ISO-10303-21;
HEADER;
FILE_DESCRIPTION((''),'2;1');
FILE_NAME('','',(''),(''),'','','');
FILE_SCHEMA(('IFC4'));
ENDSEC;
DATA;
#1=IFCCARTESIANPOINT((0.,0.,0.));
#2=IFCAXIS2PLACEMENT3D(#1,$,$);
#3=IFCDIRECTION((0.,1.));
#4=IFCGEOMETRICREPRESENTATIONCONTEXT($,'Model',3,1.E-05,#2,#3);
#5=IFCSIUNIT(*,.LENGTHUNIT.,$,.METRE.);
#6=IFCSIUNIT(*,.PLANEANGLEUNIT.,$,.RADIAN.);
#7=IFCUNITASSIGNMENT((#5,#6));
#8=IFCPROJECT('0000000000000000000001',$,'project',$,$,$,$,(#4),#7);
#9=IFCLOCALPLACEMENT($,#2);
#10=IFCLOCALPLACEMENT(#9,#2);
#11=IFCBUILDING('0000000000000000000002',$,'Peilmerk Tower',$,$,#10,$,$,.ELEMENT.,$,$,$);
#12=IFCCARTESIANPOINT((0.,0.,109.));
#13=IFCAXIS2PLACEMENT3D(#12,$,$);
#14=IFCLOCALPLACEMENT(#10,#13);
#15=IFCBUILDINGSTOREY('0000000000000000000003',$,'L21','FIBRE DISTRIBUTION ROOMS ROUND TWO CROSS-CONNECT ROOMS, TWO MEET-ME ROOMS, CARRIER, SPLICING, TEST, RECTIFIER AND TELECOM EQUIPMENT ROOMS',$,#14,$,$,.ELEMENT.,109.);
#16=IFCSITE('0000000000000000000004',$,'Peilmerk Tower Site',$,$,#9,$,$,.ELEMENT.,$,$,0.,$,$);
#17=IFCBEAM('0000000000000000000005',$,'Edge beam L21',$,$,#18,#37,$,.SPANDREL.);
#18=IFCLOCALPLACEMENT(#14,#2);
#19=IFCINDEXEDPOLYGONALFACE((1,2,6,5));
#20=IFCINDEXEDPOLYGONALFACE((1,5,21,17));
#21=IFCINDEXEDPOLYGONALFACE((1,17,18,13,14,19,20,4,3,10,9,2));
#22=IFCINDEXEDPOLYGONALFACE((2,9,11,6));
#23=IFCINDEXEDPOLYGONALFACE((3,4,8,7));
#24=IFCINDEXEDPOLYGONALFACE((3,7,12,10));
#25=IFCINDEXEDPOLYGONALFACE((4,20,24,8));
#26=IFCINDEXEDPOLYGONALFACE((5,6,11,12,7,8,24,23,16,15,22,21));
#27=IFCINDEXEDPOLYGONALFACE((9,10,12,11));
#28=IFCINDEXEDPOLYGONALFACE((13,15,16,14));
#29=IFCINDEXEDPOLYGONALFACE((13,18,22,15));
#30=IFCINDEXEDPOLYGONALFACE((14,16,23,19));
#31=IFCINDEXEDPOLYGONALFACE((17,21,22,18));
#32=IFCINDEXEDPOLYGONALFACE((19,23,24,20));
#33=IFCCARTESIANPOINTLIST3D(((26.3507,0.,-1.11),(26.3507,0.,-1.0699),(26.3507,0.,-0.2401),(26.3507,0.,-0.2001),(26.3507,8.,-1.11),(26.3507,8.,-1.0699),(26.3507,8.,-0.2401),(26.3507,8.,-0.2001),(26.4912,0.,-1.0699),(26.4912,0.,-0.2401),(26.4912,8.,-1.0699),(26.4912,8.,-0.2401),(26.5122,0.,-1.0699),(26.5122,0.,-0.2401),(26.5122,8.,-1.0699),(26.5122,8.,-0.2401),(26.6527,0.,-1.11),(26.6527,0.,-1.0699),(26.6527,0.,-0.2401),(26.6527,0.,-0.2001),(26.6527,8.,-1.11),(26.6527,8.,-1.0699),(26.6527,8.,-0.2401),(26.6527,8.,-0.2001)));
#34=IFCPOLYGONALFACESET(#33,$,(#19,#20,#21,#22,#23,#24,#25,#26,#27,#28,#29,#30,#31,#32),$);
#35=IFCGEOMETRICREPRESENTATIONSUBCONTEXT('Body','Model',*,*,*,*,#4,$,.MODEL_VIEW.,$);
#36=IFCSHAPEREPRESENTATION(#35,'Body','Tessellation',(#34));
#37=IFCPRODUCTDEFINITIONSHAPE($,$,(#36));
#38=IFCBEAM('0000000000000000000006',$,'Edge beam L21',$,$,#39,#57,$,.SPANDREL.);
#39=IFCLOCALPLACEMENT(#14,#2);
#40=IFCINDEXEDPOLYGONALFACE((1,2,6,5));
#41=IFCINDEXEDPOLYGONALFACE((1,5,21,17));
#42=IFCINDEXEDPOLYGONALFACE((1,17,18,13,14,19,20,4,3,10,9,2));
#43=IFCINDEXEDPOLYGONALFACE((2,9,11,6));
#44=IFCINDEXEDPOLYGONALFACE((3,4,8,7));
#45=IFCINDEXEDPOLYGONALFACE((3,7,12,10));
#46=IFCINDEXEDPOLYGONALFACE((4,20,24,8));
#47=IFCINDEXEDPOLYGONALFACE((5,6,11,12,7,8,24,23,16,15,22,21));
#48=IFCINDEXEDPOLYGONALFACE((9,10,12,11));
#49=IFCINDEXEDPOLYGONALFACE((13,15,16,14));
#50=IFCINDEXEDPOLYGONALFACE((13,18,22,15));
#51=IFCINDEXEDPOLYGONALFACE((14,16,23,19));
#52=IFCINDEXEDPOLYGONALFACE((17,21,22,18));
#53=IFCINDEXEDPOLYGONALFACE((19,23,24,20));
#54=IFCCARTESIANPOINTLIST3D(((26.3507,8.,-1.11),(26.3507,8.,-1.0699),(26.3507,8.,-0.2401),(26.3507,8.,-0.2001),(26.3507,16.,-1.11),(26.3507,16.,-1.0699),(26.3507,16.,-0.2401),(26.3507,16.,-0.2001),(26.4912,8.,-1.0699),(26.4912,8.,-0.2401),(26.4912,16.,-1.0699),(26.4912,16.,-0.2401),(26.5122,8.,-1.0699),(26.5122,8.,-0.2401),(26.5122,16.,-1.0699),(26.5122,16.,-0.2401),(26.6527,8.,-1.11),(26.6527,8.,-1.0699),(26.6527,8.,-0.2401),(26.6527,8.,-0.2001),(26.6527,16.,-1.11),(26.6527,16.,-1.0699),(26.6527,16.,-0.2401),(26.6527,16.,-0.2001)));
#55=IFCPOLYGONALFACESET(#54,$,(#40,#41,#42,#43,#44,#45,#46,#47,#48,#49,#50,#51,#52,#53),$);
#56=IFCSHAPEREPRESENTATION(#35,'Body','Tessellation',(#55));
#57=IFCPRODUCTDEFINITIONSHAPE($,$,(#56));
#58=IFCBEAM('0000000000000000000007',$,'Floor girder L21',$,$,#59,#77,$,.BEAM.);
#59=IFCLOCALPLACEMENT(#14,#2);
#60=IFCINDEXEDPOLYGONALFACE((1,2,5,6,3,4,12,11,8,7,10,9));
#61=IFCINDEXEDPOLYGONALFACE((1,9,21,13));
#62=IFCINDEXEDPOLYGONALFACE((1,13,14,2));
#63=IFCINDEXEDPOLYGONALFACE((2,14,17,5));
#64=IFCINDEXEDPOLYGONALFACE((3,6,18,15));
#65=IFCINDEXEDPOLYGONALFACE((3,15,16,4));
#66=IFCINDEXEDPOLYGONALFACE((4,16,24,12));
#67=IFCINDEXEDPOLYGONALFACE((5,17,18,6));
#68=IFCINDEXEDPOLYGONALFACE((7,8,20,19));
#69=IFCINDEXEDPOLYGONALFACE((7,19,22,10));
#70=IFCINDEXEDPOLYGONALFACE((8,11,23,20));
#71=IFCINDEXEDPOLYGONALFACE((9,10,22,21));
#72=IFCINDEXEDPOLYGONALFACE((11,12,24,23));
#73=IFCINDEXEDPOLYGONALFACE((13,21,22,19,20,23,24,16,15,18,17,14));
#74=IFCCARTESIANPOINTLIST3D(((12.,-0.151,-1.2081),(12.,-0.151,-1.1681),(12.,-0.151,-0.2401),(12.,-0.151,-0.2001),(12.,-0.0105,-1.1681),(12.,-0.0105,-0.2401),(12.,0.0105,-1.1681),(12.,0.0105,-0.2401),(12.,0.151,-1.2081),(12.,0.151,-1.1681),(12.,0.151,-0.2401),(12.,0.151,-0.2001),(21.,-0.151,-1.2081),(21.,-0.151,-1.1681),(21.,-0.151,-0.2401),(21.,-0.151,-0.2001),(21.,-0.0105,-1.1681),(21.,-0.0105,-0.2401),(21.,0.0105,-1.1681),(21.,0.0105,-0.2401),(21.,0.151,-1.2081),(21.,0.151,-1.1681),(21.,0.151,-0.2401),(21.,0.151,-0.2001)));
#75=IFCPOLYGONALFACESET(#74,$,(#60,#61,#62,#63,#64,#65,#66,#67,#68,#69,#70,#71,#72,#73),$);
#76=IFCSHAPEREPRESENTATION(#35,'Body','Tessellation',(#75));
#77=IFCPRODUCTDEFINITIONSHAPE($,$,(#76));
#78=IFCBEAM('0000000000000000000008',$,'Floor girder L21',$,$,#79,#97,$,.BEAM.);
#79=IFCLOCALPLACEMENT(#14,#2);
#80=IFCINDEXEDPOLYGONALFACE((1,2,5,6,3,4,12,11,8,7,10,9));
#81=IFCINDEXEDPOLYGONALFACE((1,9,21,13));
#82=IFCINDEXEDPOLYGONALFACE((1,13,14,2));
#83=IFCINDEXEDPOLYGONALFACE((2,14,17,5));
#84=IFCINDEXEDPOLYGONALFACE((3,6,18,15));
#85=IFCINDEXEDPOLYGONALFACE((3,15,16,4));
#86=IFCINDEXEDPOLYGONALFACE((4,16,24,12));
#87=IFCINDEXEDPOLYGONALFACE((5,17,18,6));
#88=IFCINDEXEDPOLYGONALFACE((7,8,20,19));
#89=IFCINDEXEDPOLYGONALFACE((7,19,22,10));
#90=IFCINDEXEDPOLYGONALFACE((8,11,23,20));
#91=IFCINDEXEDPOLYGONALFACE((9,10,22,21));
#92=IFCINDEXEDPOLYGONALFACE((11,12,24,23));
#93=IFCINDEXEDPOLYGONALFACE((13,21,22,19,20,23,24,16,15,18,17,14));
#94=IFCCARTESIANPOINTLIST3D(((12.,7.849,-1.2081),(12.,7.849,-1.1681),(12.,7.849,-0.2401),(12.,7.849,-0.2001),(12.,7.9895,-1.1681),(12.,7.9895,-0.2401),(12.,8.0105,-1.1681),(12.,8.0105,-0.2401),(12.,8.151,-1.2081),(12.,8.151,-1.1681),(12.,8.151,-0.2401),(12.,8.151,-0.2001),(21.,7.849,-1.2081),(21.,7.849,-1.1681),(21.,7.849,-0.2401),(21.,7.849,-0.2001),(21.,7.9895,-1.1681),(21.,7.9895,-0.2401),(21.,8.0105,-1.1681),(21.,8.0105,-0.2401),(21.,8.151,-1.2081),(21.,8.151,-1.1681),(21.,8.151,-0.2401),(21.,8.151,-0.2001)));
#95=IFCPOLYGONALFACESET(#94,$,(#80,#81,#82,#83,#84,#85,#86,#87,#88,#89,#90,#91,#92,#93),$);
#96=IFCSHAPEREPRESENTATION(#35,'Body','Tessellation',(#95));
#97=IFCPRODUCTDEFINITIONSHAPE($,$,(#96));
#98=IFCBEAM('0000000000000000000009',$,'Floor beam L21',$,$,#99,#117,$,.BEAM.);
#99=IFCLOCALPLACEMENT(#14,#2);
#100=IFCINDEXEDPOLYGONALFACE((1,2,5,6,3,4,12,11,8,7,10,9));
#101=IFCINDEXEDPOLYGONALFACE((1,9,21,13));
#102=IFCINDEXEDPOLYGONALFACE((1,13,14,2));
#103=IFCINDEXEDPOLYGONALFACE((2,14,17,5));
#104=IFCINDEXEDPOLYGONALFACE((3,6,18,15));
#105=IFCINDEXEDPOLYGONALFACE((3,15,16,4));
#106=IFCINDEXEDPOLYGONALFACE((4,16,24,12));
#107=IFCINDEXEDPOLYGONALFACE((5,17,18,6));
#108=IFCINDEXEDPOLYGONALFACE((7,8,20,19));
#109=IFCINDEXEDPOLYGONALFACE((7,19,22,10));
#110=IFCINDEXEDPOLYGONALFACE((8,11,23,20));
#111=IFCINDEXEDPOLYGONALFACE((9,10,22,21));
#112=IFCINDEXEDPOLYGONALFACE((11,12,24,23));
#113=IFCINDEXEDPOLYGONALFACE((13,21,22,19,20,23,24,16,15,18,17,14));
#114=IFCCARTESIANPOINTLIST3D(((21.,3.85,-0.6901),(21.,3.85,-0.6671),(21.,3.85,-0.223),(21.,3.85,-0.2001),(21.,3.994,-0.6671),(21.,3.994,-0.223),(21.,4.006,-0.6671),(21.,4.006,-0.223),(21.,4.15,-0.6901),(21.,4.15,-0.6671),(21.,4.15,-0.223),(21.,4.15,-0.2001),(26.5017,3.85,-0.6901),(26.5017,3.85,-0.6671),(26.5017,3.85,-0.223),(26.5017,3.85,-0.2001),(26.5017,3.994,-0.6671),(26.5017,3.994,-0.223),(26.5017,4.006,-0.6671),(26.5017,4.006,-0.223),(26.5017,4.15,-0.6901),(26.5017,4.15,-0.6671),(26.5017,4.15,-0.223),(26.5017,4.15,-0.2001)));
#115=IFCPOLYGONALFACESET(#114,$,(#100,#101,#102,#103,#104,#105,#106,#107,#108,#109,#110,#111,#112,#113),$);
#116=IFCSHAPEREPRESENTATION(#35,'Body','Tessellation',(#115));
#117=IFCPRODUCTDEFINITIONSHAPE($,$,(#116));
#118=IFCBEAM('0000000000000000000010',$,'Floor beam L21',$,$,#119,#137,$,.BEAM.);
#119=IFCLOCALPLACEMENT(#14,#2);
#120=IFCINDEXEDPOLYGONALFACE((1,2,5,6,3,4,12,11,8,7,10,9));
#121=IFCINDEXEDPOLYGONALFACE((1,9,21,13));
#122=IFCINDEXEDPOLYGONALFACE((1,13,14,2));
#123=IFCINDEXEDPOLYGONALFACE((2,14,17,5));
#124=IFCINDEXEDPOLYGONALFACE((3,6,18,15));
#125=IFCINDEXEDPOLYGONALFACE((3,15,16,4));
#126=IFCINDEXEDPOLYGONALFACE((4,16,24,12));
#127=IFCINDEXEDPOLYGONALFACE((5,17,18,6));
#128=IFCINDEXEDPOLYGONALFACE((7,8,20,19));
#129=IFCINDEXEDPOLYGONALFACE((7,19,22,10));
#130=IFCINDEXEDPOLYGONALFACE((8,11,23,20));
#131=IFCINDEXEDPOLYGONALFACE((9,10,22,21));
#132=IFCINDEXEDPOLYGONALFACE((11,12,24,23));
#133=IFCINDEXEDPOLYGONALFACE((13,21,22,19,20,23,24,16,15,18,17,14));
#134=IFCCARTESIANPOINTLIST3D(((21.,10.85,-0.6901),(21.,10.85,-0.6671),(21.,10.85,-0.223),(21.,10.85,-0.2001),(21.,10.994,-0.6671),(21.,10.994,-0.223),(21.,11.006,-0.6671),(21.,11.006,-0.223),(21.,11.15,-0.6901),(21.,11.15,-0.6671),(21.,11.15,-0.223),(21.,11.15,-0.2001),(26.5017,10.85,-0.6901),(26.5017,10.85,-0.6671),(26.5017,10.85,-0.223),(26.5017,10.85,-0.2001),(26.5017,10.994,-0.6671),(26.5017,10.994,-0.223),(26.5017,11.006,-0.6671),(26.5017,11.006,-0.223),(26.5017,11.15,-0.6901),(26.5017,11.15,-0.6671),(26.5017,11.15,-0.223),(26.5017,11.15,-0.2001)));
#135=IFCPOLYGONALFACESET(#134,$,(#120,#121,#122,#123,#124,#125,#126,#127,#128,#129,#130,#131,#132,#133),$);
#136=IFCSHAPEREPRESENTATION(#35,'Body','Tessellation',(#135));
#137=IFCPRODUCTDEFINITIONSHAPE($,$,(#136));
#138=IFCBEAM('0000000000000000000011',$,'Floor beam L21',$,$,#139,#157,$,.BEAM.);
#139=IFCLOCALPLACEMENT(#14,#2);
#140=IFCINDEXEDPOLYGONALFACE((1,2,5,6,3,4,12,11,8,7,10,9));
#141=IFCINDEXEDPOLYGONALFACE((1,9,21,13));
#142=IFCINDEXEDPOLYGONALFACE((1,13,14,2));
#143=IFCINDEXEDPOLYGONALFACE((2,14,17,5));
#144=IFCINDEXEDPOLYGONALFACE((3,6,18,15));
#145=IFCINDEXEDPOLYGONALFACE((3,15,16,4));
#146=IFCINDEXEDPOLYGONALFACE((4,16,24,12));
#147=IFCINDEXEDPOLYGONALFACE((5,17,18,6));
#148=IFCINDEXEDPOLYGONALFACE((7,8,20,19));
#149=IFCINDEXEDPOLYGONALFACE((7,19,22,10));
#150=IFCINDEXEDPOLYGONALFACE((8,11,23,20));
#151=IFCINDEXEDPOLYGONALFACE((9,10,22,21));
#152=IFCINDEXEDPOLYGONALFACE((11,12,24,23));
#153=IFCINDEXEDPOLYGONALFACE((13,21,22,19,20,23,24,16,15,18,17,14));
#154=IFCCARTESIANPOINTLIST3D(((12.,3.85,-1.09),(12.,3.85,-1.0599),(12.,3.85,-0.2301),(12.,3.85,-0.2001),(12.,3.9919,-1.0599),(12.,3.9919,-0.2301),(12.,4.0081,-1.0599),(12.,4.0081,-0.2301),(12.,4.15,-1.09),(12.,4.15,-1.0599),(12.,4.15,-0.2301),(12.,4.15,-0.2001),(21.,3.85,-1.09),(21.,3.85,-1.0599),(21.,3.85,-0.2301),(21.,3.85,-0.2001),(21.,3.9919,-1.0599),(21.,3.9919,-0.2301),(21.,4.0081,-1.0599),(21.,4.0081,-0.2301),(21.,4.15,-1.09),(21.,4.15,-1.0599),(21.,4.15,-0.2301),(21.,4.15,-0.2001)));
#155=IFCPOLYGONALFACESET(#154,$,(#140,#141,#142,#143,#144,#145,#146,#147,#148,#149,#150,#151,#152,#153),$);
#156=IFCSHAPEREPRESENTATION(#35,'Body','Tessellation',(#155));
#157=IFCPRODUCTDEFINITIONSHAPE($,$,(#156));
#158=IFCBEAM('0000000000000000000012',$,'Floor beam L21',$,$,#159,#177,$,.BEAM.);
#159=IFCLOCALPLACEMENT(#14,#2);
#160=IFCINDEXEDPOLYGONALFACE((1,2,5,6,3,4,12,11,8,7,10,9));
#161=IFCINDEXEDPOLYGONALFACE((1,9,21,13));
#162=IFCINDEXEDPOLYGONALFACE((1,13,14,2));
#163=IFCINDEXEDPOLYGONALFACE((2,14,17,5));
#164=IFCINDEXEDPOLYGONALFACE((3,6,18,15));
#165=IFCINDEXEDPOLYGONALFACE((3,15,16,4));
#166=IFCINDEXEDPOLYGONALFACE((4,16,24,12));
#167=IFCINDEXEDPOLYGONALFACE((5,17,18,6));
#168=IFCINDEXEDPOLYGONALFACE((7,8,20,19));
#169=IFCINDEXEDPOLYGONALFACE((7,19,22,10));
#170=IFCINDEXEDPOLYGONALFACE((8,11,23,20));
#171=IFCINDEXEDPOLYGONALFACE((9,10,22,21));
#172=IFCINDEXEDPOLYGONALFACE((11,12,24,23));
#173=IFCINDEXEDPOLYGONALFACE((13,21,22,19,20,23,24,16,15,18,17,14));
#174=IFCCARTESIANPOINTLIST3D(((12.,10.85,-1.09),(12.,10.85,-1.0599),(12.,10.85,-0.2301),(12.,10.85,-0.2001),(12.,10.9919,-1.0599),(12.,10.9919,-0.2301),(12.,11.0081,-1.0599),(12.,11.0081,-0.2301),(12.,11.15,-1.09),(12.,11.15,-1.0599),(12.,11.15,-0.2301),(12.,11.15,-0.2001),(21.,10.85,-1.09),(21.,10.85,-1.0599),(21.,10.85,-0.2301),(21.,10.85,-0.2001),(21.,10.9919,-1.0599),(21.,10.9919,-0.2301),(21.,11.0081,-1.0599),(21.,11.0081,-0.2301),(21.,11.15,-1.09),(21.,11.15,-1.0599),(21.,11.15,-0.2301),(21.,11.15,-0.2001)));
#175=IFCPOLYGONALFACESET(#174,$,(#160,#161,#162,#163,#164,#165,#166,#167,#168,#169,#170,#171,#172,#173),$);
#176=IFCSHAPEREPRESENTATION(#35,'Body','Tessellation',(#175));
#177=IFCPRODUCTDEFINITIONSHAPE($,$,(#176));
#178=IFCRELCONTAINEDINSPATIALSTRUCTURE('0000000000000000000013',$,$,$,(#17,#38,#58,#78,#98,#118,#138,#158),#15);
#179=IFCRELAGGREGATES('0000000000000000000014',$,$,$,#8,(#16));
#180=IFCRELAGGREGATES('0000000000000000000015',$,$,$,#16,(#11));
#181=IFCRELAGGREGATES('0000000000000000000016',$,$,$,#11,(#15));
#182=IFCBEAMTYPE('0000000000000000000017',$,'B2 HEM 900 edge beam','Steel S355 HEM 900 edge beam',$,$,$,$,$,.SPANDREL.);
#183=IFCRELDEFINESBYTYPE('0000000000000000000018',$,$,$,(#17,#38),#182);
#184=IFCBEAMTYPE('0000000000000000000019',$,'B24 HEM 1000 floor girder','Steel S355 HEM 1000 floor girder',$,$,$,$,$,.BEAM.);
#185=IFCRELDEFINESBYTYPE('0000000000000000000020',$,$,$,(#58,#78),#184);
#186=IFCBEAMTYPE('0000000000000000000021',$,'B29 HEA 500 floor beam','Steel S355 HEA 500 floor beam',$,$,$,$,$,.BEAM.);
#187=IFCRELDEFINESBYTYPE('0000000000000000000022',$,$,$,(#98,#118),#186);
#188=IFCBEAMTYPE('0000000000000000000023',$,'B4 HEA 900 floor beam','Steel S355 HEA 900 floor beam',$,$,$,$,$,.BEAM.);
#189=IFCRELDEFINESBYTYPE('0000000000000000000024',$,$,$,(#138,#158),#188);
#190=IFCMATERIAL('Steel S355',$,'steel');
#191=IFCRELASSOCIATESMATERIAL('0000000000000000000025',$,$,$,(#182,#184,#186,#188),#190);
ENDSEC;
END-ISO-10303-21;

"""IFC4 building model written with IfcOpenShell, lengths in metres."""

from ifc_helpers import new_model, si_unit, direction, frame, origin, origin_2d, place, context, subcontext, project, spatial, i_section, extrude, material, material_profile, profile_set, type_object, element, save


model = new_model("IFC4")

# Units and contexts
model_context = context("Model", 3, precision=1e-05, world=origin(), true_north=direction((0.0, 1.0)))
body_context = subcontext(model_context, "Body", "Model", "MODEL_VIEW")
ifc_project = project(units=[si_unit("LENGTHUNIT", "METRE"), si_unit("PLANEANGLEUNIT", "RADIAN")], contexts=[model_context])

# Site, building, storey
site_placement = place(None, origin())
site = spatial("IfcSite", under=ifc_project, at=site_placement, Name="Peilmerk Tower Site", CompositionType="ELEMENT", RefElevation=0.0)
building_placement = place(site_placement, origin())
building = spatial("IfcBuilding", under=site, at=building_placement, Name="Peilmerk Tower", CompositionType="ELEMENT")
storey_placement = place(building_placement, frame((0.0, 0.0, 109.0)))
storey = spatial("IfcBuildingStorey", under=building, at=storey_placement, Name="L21", Description="FIBRE DISTRIBUTION ROOMS ROUND TWO CROSS-CONNECT ROOMS, TWO MEET-ME ROOMS, CARRIER, SPLICING, TEST, RECTIFIER AND TELECOM EQUIPMENT ROOMS", CompositionType="ELEMENT", Elevation=109.0)

# Beams
ifc_material_1 = material(Name="Steel S355", Category="steel")
ifc_material_profile_1 = material_profile(ifc_material_1, i_section(OverallWidth=0.302, OverallDepth=0.9099, WebThickness=0.021, FlangeThickness=0.04, at=origin_2d()), Name="HEM 900")
ifc_profile_set_1 = profile_set([ifc_material_profile_1], Name="Steel S355")
beam_type_1 = type_object("IfcBeamType", Name="B2 HEM 900 edge beam", Description="Steel S355 HEM 900 edge beam", PredefinedType="SPANDREL", material=ifc_profile_set_1)
for number, where, z_axis, x_axis, name in (
    (1, (26.5017, 0.0, -0.655), (0.0, 1.0, 0.0), (-1.0, 0.0, 0.0), "Edge beam L21"),
    (2, (26.5017, 8.0, -0.655), (0.0, 1.0, 0.0), (-1.0, 0.0, 0.0), "Edge beam L21"),
):
    element("IfcBeam", number, at=place(storey_placement, frame(where, z_axis=z_axis, x_axis=x_axis)), inside=storey, type_object=beam_type_1, Name=name, PredefinedType="SPANDREL", context=body_context, shape_type="SweptSolid", body=[
        extrude(i_section(OverallWidth=0.302, OverallDepth=0.9099, WebThickness=0.021, FlangeThickness=0.04, at=origin_2d()), origin(), (0.0, 0.0, 1.0), 8.0),
    ])
ifc_material_profile_2 = material_profile(ifc_material_1, i_section(OverallWidth=0.302, OverallDepth=1.0081, WebThickness=0.021, FlangeThickness=0.04, at=origin_2d()), Name="HEM 1000")
ifc_profile_set_2 = profile_set([ifc_material_profile_2], Name="Steel S355")
beam_type_2 = type_object("IfcBeamType", Name="B24 HEM 1000 floor girder", Description="Steel S355 HEM 1000 floor girder", PredefinedType="BEAM", material=ifc_profile_set_2)
for number, where, z_axis, x_axis, name in (
    (3, (12.0, 0.0, -0.7041), (1.0, 0.0, 0.0), (0.0, 1.0, 0.0), "Floor girder L21"),
    (4, (12.0, 8.0, -0.7041), (1.0, 0.0, 0.0), (0.0, 1.0, 0.0), "Floor girder L21"),
):
    element("IfcBeam", number, at=place(storey_placement, frame(where, z_axis=z_axis, x_axis=x_axis)), inside=storey, type_object=beam_type_2, Name=name, PredefinedType="BEAM", context=body_context, shape_type="SweptSolid", body=[
        extrude(i_section(OverallWidth=0.302, OverallDepth=1.0081, WebThickness=0.021, FlangeThickness=0.04, at=origin_2d()), origin(), (0.0, 0.0, 1.0), 9.0),
    ])
ifc_material_profile_3 = material_profile(ifc_material_1, i_section(OverallWidth=0.3, OverallDepth=0.49, WebThickness=0.012, FlangeThickness=0.0229, at=origin_2d()), Name="HEA 500")
ifc_profile_set_3 = profile_set([ifc_material_profile_3], Name="Steel S355")
beam_type_3 = type_object("IfcBeamType", Name="B29 HEA 500 floor beam", Description="Steel S355 HEA 500 floor beam", PredefinedType="BEAM", material=ifc_profile_set_3)
for number, where, z_axis, x_axis, name in (
    (5, (21.0, 4.0, -0.4451), (1.0, 0.0, 0.0), (0.0, 1.0, 0.0), "Floor beam L21"),
    (6, (21.0, 11.0, -0.4451), (1.0, 0.0, 0.0), (0.0, 1.0, 0.0), "Floor beam L21"),
):
    element("IfcBeam", number, at=place(storey_placement, frame(where, z_axis=z_axis, x_axis=x_axis)), inside=storey, type_object=beam_type_3, Name=name, PredefinedType="BEAM", context=body_context, shape_type="SweptSolid", body=[
        extrude(i_section(OverallWidth=0.3, OverallDepth=0.49, WebThickness=0.012, FlangeThickness=0.0229, at=origin_2d()), origin(), (0.0, 0.0, 1.0), 5.5017),
    ])
ifc_material_profile_4 = material_profile(ifc_material_1, i_section(OverallWidth=0.3, OverallDepth=0.8899, WebThickness=0.0161, FlangeThickness=0.03, at=origin_2d()), Name="HEA 900")
ifc_profile_set_4 = profile_set([ifc_material_profile_4], Name="Steel S355")
beam_type_4 = type_object("IfcBeamType", Name="B4 HEA 900 floor beam", Description="Steel S355 HEA 900 floor beam", PredefinedType="BEAM", material=ifc_profile_set_4)
for number, where, z_axis, x_axis, name in (
    (7, (12.0, 4.0, -0.645), (1.0, 0.0, 0.0), (0.0, 1.0, 0.0), "Floor beam L21"),
    (8, (12.0, 11.0, -0.645), (1.0, 0.0, 0.0), (0.0, 1.0, 0.0), "Floor beam L21"),
):
    element("IfcBeam", number, at=place(storey_placement, frame(where, z_axis=z_axis, x_axis=x_axis)), inside=storey, type_object=beam_type_4, Name=name, PredefinedType="BEAM", context=body_context, shape_type="SweptSolid", body=[
        extrude(i_section(OverallWidth=0.3, OverallDepth=0.8899, WebThickness=0.0161, FlangeThickness=0.03, at=origin_2d()), origin(), (0.0, 0.0, 1.0), 9.0),
    ])

save(model, "model.ifc")
